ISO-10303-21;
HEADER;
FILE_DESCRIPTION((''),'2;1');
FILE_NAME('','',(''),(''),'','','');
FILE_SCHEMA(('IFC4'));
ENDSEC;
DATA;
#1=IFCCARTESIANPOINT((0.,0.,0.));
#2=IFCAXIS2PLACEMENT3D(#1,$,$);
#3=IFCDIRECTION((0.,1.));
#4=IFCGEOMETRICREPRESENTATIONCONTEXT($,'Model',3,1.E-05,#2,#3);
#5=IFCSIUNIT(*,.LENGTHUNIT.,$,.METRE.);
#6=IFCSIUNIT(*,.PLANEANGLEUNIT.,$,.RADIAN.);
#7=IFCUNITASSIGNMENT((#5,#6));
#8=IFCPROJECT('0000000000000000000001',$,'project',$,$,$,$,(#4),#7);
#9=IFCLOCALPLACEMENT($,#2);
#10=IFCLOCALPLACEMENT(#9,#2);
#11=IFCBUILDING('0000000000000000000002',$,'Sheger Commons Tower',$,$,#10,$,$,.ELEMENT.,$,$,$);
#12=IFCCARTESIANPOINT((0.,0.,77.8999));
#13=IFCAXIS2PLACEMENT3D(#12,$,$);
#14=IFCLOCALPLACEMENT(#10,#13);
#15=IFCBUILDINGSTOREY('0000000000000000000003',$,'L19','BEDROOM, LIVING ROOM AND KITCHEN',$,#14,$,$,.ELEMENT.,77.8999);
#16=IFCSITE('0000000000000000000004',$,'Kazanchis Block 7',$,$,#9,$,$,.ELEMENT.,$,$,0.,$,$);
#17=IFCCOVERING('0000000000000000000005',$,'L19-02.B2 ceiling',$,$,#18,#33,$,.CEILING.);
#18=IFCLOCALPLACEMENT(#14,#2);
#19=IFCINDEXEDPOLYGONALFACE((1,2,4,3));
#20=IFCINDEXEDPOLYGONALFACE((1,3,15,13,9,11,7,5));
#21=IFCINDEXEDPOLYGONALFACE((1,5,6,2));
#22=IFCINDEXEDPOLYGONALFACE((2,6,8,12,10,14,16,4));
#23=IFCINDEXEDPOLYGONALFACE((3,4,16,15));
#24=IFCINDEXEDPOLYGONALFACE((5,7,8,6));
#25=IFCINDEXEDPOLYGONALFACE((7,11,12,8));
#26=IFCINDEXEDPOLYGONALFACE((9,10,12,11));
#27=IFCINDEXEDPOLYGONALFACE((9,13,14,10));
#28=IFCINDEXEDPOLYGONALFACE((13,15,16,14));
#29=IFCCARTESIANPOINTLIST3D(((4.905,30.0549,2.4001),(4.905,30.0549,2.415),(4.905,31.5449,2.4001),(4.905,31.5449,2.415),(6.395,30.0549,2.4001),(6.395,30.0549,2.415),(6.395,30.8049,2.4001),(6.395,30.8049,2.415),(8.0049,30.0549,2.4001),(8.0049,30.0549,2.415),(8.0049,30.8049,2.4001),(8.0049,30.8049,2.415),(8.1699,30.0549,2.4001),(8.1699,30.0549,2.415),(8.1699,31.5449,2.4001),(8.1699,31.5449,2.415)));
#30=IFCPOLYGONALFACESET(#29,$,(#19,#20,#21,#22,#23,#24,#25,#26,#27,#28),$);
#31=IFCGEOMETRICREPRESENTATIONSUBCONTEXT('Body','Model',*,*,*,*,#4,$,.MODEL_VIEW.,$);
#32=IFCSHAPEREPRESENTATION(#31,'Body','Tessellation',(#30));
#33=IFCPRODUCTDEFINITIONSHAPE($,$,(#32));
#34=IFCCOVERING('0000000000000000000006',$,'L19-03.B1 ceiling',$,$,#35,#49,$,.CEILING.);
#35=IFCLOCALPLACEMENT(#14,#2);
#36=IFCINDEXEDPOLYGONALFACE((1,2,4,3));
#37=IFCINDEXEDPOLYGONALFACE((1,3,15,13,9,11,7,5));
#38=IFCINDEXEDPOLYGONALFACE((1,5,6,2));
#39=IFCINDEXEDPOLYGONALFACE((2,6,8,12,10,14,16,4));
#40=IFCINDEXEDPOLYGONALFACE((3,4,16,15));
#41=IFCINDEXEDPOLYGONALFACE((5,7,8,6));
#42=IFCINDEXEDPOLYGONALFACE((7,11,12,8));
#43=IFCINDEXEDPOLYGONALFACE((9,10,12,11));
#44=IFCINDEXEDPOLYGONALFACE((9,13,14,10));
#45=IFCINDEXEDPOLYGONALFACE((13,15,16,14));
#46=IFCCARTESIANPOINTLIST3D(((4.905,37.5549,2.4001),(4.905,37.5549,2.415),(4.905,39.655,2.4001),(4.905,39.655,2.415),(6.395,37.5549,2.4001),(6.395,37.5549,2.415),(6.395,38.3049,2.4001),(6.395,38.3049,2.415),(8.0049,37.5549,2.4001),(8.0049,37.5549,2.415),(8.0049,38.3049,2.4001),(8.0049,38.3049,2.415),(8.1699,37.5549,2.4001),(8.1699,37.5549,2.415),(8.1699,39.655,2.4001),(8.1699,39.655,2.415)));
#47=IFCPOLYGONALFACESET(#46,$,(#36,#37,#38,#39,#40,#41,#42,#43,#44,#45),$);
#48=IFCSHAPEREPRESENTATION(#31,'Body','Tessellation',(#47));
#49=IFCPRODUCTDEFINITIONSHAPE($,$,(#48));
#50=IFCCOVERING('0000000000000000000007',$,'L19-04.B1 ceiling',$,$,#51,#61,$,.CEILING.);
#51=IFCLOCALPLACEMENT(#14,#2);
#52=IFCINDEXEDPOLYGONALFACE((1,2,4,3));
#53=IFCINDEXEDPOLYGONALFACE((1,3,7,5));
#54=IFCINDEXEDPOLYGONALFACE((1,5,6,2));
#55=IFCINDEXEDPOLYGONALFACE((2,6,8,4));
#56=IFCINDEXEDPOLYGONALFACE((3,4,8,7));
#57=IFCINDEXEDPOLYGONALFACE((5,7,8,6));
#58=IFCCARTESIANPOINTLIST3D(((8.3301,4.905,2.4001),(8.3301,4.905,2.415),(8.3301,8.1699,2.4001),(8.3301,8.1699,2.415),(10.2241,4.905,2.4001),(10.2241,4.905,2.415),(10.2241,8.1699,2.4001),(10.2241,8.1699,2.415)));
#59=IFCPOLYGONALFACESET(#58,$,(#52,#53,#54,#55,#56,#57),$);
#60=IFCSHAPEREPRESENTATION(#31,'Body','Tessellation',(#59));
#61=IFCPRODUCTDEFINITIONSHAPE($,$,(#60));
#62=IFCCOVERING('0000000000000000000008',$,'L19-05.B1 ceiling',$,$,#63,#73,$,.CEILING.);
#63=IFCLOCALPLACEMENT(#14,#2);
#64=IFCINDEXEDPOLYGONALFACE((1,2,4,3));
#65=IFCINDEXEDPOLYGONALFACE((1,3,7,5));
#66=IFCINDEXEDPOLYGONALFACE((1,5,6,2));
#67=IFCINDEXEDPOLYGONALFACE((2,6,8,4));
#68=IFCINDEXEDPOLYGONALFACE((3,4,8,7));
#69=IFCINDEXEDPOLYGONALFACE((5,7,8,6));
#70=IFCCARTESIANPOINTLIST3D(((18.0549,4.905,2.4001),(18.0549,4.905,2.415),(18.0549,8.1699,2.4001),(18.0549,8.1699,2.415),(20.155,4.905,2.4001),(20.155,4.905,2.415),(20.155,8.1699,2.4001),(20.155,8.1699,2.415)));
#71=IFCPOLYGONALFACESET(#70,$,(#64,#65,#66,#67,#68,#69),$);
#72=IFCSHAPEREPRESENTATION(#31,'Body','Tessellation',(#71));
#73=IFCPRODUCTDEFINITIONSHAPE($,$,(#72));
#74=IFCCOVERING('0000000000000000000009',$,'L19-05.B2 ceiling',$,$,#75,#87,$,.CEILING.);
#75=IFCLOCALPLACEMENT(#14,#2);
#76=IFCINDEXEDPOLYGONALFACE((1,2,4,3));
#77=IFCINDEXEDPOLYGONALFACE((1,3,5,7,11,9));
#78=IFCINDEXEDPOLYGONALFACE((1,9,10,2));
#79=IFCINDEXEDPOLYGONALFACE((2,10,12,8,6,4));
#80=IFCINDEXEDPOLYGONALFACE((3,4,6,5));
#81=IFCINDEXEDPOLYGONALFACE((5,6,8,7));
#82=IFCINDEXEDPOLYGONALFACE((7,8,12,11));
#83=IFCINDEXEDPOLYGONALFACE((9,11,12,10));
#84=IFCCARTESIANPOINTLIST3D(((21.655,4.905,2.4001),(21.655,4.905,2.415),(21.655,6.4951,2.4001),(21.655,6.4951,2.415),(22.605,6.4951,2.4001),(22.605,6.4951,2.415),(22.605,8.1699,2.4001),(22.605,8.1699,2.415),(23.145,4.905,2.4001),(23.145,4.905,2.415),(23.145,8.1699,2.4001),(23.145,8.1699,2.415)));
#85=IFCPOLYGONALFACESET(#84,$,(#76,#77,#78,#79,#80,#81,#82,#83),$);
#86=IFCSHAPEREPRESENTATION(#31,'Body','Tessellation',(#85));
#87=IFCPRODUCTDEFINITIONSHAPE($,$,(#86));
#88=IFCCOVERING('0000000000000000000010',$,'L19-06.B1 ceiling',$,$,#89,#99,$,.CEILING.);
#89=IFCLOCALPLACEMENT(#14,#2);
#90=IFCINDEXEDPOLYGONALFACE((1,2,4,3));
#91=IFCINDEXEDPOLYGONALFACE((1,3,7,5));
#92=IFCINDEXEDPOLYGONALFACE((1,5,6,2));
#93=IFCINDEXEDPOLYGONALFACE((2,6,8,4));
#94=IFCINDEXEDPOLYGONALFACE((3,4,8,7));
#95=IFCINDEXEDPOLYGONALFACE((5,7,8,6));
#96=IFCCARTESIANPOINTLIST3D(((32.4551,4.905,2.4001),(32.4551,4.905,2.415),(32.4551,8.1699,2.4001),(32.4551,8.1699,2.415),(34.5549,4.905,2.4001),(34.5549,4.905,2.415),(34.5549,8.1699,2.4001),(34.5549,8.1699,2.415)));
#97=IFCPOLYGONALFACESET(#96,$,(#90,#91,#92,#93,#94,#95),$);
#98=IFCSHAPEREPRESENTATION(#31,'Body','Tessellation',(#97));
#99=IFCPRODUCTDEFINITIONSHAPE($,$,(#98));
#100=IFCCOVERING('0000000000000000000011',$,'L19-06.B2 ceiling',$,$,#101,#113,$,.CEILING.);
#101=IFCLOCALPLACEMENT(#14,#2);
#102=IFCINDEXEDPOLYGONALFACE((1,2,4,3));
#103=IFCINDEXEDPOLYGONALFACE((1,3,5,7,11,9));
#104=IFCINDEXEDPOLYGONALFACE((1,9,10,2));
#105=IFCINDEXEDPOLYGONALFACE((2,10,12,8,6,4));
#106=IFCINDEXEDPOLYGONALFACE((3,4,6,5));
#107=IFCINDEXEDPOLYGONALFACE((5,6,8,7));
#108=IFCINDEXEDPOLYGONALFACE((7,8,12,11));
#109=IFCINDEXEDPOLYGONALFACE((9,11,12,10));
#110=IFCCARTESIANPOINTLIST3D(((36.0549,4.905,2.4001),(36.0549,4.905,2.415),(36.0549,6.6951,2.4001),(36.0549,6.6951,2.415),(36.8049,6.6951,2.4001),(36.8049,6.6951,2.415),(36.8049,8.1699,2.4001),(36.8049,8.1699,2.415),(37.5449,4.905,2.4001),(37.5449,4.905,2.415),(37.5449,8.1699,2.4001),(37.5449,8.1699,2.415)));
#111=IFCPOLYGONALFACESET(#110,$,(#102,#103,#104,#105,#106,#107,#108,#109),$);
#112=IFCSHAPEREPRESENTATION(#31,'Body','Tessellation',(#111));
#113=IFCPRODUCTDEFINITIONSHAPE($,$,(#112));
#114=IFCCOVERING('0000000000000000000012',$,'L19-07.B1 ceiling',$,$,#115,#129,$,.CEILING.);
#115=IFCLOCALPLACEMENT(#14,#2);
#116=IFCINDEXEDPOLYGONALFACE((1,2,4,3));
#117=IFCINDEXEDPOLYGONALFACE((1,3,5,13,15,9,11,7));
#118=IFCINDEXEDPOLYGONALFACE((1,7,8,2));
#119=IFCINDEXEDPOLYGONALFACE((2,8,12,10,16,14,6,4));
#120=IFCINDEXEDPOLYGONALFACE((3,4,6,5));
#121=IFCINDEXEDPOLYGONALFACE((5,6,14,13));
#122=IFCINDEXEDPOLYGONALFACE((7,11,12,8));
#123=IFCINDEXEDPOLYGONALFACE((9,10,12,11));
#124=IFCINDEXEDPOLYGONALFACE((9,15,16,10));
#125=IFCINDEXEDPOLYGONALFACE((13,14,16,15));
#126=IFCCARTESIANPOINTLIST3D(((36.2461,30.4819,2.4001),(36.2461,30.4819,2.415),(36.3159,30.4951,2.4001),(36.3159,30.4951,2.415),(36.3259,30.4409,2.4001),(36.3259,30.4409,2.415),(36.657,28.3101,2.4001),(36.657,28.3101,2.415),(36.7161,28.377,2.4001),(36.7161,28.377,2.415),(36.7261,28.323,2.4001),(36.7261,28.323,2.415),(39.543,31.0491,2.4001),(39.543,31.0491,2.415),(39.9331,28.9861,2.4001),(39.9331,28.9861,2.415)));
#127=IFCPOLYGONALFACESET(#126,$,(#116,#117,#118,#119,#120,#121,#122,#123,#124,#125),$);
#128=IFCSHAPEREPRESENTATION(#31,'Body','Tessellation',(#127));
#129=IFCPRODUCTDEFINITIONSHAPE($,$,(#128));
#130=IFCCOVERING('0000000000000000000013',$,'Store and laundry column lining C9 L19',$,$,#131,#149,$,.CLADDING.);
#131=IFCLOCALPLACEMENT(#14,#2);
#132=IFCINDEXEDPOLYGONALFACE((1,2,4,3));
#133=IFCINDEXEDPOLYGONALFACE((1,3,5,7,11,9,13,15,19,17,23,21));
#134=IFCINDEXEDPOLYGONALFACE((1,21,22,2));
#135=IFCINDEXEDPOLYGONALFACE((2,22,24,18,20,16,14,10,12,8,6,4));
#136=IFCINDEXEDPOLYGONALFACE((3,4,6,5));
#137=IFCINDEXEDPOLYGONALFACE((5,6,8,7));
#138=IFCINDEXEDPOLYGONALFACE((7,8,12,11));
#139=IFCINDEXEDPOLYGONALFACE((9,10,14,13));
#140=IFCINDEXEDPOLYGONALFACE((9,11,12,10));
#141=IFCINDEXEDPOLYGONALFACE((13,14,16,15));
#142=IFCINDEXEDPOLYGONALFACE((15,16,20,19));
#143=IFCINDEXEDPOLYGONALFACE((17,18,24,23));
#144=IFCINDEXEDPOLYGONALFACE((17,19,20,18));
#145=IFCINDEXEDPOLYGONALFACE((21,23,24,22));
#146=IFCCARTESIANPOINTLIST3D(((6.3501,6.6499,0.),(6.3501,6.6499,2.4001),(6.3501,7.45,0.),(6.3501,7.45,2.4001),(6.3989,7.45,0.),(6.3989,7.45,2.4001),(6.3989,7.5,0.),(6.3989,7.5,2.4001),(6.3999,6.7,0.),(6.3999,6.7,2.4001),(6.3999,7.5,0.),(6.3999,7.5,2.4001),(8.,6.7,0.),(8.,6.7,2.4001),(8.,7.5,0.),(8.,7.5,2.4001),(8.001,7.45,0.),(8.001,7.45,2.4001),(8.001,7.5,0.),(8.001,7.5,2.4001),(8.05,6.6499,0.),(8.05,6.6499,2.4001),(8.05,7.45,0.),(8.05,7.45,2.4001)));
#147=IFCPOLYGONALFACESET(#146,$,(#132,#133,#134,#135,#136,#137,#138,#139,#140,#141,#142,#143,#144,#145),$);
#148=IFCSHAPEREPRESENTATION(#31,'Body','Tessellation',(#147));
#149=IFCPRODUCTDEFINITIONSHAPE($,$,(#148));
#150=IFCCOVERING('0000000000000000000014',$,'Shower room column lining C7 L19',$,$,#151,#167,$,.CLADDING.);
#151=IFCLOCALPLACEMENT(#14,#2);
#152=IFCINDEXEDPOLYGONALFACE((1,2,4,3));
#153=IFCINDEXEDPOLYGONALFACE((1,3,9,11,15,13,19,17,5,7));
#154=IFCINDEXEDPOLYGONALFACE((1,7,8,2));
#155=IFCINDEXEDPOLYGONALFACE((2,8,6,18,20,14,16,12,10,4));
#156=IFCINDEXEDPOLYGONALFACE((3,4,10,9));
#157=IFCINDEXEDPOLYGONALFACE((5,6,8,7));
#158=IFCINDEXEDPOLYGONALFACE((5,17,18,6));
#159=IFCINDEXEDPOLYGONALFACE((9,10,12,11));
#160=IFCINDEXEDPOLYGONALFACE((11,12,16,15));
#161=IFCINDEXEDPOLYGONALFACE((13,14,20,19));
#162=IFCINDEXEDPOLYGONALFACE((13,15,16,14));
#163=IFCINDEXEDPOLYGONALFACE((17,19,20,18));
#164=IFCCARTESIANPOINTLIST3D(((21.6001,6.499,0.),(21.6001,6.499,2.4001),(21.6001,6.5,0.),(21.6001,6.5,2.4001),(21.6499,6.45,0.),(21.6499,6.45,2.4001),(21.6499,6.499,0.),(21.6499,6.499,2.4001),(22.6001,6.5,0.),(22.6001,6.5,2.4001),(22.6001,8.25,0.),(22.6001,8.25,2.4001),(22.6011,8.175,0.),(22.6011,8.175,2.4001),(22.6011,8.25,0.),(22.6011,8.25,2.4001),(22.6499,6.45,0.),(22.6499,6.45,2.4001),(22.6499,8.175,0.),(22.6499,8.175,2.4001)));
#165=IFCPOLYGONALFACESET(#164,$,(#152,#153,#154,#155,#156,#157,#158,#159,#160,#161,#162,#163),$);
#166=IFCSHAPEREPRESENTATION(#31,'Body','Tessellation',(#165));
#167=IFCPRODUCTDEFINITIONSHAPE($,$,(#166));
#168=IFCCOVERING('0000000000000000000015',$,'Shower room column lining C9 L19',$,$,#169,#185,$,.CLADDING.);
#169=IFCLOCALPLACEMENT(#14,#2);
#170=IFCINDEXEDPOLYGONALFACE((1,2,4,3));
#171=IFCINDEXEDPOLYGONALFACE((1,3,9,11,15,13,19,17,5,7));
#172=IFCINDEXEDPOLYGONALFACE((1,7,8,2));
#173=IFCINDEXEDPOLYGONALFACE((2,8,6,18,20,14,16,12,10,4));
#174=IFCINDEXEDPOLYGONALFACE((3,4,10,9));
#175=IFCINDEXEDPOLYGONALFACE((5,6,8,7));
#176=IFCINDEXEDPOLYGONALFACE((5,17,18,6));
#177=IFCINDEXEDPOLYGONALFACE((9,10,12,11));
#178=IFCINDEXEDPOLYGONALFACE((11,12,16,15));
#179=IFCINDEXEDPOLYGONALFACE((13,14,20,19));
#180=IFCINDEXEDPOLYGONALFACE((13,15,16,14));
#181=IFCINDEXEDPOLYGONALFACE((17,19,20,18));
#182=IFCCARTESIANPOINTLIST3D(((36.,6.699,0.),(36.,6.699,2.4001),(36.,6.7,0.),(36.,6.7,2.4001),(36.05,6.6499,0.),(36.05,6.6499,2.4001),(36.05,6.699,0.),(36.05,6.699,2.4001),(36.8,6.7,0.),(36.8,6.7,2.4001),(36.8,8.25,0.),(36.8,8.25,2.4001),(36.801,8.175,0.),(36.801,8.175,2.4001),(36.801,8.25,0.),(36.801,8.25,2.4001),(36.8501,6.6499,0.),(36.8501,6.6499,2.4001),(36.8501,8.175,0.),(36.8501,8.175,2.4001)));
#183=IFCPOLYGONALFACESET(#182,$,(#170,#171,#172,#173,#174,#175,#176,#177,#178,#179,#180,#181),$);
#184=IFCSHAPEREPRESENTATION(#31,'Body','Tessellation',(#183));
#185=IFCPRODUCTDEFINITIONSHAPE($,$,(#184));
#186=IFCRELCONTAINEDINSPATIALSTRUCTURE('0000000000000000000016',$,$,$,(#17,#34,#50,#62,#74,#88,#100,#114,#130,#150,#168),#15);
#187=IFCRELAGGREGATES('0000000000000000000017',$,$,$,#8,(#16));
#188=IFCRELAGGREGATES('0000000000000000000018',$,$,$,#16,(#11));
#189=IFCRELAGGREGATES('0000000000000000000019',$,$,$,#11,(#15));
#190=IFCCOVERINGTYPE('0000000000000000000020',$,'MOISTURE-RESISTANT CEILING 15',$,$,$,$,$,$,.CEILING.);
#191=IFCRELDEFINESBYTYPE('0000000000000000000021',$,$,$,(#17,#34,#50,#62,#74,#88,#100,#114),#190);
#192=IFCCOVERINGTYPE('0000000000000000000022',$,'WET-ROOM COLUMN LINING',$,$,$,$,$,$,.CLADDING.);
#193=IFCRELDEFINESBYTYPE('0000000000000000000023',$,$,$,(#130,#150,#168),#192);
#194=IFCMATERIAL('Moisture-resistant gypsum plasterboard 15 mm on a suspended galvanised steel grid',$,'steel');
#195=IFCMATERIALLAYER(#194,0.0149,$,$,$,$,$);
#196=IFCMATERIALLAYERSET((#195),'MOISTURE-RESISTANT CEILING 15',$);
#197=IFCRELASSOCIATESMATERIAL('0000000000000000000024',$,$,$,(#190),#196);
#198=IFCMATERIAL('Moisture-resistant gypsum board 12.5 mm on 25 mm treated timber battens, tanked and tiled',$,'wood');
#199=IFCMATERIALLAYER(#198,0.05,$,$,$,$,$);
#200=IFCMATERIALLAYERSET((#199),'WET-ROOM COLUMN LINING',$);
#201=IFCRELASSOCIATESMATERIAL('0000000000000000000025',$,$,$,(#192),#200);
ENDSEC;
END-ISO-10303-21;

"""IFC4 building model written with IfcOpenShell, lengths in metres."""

from ifc_helpers import new_model, si_unit, direction, frame, origin, place, context, subcontext, project, spatial, polyline, outline, extrude, material, layer, layer_set, type_object, element, save


model = new_model("IFC4")

# Units and contexts
model_context = context("Model", 3, precision=1e-05, world=origin(), true_north=direction((0.0, 1.0)))
body_context = subcontext(model_context, "Body", "Model", "MODEL_VIEW")
ifc_project = project(units=[si_unit("LENGTHUNIT", "METRE"), si_unit("PLANEANGLEUNIT", "RADIAN")], contexts=[model_context])

# Site, building, storey
site_placement = place(None, origin())
site = spatial("IfcSite", under=ifc_project, at=site_placement, Name="Kazanchis Block 7", CompositionType="ELEMENT", RefElevation=0.0)
building_placement = place(site_placement, origin())
building = spatial("IfcBuilding", under=site, at=building_placement, Name="Sheger Commons Tower", CompositionType="ELEMENT")
storey_placement = place(building_placement, frame((0.0, 0.0, 77.8999)))
storey = spatial("IfcBuildingStorey", under=building, at=storey_placement, Name="L19", Description="BEDROOM, LIVING ROOM AND KITCHEN", CompositionType="ELEMENT", Elevation=77.8999)

# Coverings
ifc_material_1 = material(Name="Moisture-resistant gypsum plasterboard 15 mm on a suspended galvanised steel grid", Category="steel")
ifc_layer_1 = layer(ifc_material_1, 0.0149)
ifc_layer_set_1 = layer_set([ifc_layer_1], Name="MOISTURE-RESISTANT CEILING 15")
covering_type_1 = type_object("IfcCoveringType", Name="MOISTURE-RESISTANT CEILING 15", PredefinedType="CEILING", material=ifc_layer_set_1)
covering_1_placement = place(storey_placement, frame((0.0, 0.0, 2.4001)))
element("IfcCovering", 1, at=covering_1_placement, inside=storey, type_object=covering_type_1, Name="L19-02.B2 ceiling", PredefinedType="CEILING", context=body_context, shape_type="SweptSolid", body=[
    extrude(outline(polyline([(4.905, 30.0549), (6.395, 30.0549), (6.395, 30.8049), (8.0049, 30.8049), (8.0049, 30.0549), (8.1699, 30.0549), (8.1699, 31.5449), (4.905, 31.5449), (4.905, 30.0549)])), origin(), (0.0, 0.0, 1.0), 0.0149),
])
covering_2_placement = place(storey_placement, frame((0.0, 0.0, 2.4001)))
element("IfcCovering", 2, at=covering_2_placement, inside=storey, type_object=covering_type_1, Name="L19-03.B1 ceiling", PredefinedType="CEILING", context=body_context, shape_type="SweptSolid", body=[
    extrude(outline(polyline([(4.905, 37.5549), (6.395, 37.5549), (6.395, 38.3049), (8.0049, 38.3049), (8.0049, 37.5549), (8.1699, 37.5549), (8.1699, 39.655), (4.905, 39.655), (4.905, 37.5549)])), origin(), (0.0, 0.0, 1.0), 0.0149),
])
covering_3_placement = place(storey_placement, frame((0.0, 0.0, 2.4001)))
element("IfcCovering", 3, at=covering_3_placement, inside=storey, type_object=covering_type_1, Name="L19-04.B1 ceiling", PredefinedType="CEILING", context=body_context, shape_type="SweptSolid", body=[
    extrude(outline(polyline([(8.3301, 4.905), (10.2241, 4.905), (10.2241, 8.1699), (8.3301, 8.1699), (8.3301, 4.905)])), origin(), (0.0, 0.0, 1.0), 0.0149),
])
covering_4_placement = place(storey_placement, frame((0.0, 0.0, 2.4001)))
element("IfcCovering", 4, at=covering_4_placement, inside=storey, type_object=covering_type_1, Name="L19-05.B1 ceiling", PredefinedType="CEILING", context=body_context, shape_type="SweptSolid", body=[
    extrude(outline(polyline([(18.0549, 4.905), (20.155, 4.905), (20.155, 8.1699), (18.0549, 8.1699), (18.0549, 4.905)])), origin(), (0.0, 0.0, 1.0), 0.0149),
])
covering_5_placement = place(storey_placement, frame((0.0, 0.0, 2.4001)))
element("IfcCovering", 5, at=covering_5_placement, inside=storey, type_object=covering_type_1, Name="L19-05.B2 ceiling", PredefinedType="CEILING", context=body_context, shape_type="SweptSolid", body=[
    extrude(outline(polyline([(21.655, 4.905), (23.145, 4.905), (23.145, 8.1699), (22.605, 8.1699), (22.605, 6.4951), (21.655, 6.4951), (21.655, 4.905)])), origin(), (0.0, 0.0, 1.0), 0.0149),
])
covering_6_placement = place(storey_placement, frame((0.0, 0.0, 2.4001)))
element("IfcCovering", 6, at=covering_6_placement, inside=storey, type_object=covering_type_1, Name="L19-06.B1 ceiling", PredefinedType="CEILING", context=body_context, shape_type="SweptSolid", body=[
    extrude(outline(polyline([(32.4551, 4.905), (34.5549, 4.905), (34.5549, 8.1699), (32.4551, 8.1699), (32.4551, 4.905)])), origin(), (0.0, 0.0, 1.0), 0.0149),
])
covering_7_placement = place(storey_placement, frame((0.0, 0.0, 2.4001)))
element("IfcCovering", 7, at=covering_7_placement, inside=storey, type_object=covering_type_1, Name="L19-06.B2 ceiling", PredefinedType="CEILING", context=body_context, shape_type="SweptSolid", body=[
    extrude(outline(polyline([(36.0549, 4.905), (37.5449, 4.905), (37.5449, 8.1699), (36.8049, 8.1699), (36.8049, 6.6951), (36.0549, 6.6951), (36.0549, 4.905)])), origin(), (0.0, 0.0, 1.0), 0.0149),
])
covering_8_placement = place(storey_placement, frame((0.0, 0.0, 2.4001)))
element("IfcCovering", 8, at=covering_8_placement, inside=storey, type_object=covering_type_1, Name="L19-07.B1 ceiling", PredefinedType="CEILING", context=body_context, shape_type="SweptSolid", body=[
    extrude(outline(polyline([(36.657, 28.3101), (36.7261, 28.323), (36.7161, 28.377), (39.9331, 28.9861), (39.543, 31.0491), (36.3259, 30.4409), (36.3159, 30.4951), (36.2461, 30.4819), (36.657, 28.3101)])), origin(), (0.0, 0.0, 1.0), 0.0149),
])
ifc_material_2 = material(Name="Moisture-resistant gypsum board 12.5 mm on 25 mm treated timber battens, tanked and tiled", Category="wood")
ifc_layer_2 = layer(ifc_material_2, 0.05)
ifc_layer_set_2 = layer_set([ifc_layer_2], Name="WET-ROOM COLUMN LINING")
covering_type_2 = type_object("IfcCoveringType", Name="WET-ROOM COLUMN LINING", PredefinedType="CLADDING", material=ifc_layer_set_2)
covering_9_placement = place(storey_placement, origin())
element("IfcCovering", 9, at=covering_9_placement, inside=storey, type_object=covering_type_2, Name="Store and laundry column lining C9 L19", PredefinedType="CLADDING", context=body_context, shape_type="SweptSolid", body=[
    extrude(outline(polyline([(6.3999, 7.5), (6.3999, 6.7), (8.0, 6.7), (8.0, 7.5), (8.001, 7.5), (8.001, 7.45), (8.05, 7.45), (8.05, 6.6499), (6.3501, 6.6499), (6.3501, 7.45), (6.3989, 7.45), (6.3989, 7.5), (6.3999, 7.5)])), origin(), (0.0, 0.0, 1.0), 2.4001),
])
covering_10_placement = place(storey_placement, origin())
element("IfcCovering", 10, at=covering_10_placement, inside=storey, type_object=covering_type_2, Name="Shower room column lining C7 L19", PredefinedType="CLADDING", context=body_context, shape_type="SweptSolid", body=[
    extrude(outline(polyline([(21.6499, 6.45), (21.6499, 6.499), (21.6001, 6.499), (21.6001, 6.5), (22.6001, 6.5), (22.6001, 8.25), (22.6011, 8.25), (22.6011, 8.175), (22.6499, 8.175), (22.6499, 6.45), (21.6499, 6.45)])), origin(), (0.0, 0.0, 1.0), 2.4001),
])
covering_11_placement = place(storey_placement, origin())
element("IfcCovering", 11, at=covering_11_placement, inside=storey, type_object=covering_type_2, Name="Shower room column lining C9 L19", PredefinedType="CLADDING", context=body_context, shape_type="SweptSolid", body=[
    extrude(outline(polyline([(36.05, 6.6499), (36.05, 6.699), (36.0, 6.699), (36.0, 6.7), (36.8, 6.7), (36.8, 8.25), (36.801, 8.25), (36.801, 8.175), (36.8501, 8.175), (36.8501, 6.6499), (36.05, 6.6499)])), origin(), (0.0, 0.0, 1.0), 2.4001),
])

save(model, "model.ifc")
